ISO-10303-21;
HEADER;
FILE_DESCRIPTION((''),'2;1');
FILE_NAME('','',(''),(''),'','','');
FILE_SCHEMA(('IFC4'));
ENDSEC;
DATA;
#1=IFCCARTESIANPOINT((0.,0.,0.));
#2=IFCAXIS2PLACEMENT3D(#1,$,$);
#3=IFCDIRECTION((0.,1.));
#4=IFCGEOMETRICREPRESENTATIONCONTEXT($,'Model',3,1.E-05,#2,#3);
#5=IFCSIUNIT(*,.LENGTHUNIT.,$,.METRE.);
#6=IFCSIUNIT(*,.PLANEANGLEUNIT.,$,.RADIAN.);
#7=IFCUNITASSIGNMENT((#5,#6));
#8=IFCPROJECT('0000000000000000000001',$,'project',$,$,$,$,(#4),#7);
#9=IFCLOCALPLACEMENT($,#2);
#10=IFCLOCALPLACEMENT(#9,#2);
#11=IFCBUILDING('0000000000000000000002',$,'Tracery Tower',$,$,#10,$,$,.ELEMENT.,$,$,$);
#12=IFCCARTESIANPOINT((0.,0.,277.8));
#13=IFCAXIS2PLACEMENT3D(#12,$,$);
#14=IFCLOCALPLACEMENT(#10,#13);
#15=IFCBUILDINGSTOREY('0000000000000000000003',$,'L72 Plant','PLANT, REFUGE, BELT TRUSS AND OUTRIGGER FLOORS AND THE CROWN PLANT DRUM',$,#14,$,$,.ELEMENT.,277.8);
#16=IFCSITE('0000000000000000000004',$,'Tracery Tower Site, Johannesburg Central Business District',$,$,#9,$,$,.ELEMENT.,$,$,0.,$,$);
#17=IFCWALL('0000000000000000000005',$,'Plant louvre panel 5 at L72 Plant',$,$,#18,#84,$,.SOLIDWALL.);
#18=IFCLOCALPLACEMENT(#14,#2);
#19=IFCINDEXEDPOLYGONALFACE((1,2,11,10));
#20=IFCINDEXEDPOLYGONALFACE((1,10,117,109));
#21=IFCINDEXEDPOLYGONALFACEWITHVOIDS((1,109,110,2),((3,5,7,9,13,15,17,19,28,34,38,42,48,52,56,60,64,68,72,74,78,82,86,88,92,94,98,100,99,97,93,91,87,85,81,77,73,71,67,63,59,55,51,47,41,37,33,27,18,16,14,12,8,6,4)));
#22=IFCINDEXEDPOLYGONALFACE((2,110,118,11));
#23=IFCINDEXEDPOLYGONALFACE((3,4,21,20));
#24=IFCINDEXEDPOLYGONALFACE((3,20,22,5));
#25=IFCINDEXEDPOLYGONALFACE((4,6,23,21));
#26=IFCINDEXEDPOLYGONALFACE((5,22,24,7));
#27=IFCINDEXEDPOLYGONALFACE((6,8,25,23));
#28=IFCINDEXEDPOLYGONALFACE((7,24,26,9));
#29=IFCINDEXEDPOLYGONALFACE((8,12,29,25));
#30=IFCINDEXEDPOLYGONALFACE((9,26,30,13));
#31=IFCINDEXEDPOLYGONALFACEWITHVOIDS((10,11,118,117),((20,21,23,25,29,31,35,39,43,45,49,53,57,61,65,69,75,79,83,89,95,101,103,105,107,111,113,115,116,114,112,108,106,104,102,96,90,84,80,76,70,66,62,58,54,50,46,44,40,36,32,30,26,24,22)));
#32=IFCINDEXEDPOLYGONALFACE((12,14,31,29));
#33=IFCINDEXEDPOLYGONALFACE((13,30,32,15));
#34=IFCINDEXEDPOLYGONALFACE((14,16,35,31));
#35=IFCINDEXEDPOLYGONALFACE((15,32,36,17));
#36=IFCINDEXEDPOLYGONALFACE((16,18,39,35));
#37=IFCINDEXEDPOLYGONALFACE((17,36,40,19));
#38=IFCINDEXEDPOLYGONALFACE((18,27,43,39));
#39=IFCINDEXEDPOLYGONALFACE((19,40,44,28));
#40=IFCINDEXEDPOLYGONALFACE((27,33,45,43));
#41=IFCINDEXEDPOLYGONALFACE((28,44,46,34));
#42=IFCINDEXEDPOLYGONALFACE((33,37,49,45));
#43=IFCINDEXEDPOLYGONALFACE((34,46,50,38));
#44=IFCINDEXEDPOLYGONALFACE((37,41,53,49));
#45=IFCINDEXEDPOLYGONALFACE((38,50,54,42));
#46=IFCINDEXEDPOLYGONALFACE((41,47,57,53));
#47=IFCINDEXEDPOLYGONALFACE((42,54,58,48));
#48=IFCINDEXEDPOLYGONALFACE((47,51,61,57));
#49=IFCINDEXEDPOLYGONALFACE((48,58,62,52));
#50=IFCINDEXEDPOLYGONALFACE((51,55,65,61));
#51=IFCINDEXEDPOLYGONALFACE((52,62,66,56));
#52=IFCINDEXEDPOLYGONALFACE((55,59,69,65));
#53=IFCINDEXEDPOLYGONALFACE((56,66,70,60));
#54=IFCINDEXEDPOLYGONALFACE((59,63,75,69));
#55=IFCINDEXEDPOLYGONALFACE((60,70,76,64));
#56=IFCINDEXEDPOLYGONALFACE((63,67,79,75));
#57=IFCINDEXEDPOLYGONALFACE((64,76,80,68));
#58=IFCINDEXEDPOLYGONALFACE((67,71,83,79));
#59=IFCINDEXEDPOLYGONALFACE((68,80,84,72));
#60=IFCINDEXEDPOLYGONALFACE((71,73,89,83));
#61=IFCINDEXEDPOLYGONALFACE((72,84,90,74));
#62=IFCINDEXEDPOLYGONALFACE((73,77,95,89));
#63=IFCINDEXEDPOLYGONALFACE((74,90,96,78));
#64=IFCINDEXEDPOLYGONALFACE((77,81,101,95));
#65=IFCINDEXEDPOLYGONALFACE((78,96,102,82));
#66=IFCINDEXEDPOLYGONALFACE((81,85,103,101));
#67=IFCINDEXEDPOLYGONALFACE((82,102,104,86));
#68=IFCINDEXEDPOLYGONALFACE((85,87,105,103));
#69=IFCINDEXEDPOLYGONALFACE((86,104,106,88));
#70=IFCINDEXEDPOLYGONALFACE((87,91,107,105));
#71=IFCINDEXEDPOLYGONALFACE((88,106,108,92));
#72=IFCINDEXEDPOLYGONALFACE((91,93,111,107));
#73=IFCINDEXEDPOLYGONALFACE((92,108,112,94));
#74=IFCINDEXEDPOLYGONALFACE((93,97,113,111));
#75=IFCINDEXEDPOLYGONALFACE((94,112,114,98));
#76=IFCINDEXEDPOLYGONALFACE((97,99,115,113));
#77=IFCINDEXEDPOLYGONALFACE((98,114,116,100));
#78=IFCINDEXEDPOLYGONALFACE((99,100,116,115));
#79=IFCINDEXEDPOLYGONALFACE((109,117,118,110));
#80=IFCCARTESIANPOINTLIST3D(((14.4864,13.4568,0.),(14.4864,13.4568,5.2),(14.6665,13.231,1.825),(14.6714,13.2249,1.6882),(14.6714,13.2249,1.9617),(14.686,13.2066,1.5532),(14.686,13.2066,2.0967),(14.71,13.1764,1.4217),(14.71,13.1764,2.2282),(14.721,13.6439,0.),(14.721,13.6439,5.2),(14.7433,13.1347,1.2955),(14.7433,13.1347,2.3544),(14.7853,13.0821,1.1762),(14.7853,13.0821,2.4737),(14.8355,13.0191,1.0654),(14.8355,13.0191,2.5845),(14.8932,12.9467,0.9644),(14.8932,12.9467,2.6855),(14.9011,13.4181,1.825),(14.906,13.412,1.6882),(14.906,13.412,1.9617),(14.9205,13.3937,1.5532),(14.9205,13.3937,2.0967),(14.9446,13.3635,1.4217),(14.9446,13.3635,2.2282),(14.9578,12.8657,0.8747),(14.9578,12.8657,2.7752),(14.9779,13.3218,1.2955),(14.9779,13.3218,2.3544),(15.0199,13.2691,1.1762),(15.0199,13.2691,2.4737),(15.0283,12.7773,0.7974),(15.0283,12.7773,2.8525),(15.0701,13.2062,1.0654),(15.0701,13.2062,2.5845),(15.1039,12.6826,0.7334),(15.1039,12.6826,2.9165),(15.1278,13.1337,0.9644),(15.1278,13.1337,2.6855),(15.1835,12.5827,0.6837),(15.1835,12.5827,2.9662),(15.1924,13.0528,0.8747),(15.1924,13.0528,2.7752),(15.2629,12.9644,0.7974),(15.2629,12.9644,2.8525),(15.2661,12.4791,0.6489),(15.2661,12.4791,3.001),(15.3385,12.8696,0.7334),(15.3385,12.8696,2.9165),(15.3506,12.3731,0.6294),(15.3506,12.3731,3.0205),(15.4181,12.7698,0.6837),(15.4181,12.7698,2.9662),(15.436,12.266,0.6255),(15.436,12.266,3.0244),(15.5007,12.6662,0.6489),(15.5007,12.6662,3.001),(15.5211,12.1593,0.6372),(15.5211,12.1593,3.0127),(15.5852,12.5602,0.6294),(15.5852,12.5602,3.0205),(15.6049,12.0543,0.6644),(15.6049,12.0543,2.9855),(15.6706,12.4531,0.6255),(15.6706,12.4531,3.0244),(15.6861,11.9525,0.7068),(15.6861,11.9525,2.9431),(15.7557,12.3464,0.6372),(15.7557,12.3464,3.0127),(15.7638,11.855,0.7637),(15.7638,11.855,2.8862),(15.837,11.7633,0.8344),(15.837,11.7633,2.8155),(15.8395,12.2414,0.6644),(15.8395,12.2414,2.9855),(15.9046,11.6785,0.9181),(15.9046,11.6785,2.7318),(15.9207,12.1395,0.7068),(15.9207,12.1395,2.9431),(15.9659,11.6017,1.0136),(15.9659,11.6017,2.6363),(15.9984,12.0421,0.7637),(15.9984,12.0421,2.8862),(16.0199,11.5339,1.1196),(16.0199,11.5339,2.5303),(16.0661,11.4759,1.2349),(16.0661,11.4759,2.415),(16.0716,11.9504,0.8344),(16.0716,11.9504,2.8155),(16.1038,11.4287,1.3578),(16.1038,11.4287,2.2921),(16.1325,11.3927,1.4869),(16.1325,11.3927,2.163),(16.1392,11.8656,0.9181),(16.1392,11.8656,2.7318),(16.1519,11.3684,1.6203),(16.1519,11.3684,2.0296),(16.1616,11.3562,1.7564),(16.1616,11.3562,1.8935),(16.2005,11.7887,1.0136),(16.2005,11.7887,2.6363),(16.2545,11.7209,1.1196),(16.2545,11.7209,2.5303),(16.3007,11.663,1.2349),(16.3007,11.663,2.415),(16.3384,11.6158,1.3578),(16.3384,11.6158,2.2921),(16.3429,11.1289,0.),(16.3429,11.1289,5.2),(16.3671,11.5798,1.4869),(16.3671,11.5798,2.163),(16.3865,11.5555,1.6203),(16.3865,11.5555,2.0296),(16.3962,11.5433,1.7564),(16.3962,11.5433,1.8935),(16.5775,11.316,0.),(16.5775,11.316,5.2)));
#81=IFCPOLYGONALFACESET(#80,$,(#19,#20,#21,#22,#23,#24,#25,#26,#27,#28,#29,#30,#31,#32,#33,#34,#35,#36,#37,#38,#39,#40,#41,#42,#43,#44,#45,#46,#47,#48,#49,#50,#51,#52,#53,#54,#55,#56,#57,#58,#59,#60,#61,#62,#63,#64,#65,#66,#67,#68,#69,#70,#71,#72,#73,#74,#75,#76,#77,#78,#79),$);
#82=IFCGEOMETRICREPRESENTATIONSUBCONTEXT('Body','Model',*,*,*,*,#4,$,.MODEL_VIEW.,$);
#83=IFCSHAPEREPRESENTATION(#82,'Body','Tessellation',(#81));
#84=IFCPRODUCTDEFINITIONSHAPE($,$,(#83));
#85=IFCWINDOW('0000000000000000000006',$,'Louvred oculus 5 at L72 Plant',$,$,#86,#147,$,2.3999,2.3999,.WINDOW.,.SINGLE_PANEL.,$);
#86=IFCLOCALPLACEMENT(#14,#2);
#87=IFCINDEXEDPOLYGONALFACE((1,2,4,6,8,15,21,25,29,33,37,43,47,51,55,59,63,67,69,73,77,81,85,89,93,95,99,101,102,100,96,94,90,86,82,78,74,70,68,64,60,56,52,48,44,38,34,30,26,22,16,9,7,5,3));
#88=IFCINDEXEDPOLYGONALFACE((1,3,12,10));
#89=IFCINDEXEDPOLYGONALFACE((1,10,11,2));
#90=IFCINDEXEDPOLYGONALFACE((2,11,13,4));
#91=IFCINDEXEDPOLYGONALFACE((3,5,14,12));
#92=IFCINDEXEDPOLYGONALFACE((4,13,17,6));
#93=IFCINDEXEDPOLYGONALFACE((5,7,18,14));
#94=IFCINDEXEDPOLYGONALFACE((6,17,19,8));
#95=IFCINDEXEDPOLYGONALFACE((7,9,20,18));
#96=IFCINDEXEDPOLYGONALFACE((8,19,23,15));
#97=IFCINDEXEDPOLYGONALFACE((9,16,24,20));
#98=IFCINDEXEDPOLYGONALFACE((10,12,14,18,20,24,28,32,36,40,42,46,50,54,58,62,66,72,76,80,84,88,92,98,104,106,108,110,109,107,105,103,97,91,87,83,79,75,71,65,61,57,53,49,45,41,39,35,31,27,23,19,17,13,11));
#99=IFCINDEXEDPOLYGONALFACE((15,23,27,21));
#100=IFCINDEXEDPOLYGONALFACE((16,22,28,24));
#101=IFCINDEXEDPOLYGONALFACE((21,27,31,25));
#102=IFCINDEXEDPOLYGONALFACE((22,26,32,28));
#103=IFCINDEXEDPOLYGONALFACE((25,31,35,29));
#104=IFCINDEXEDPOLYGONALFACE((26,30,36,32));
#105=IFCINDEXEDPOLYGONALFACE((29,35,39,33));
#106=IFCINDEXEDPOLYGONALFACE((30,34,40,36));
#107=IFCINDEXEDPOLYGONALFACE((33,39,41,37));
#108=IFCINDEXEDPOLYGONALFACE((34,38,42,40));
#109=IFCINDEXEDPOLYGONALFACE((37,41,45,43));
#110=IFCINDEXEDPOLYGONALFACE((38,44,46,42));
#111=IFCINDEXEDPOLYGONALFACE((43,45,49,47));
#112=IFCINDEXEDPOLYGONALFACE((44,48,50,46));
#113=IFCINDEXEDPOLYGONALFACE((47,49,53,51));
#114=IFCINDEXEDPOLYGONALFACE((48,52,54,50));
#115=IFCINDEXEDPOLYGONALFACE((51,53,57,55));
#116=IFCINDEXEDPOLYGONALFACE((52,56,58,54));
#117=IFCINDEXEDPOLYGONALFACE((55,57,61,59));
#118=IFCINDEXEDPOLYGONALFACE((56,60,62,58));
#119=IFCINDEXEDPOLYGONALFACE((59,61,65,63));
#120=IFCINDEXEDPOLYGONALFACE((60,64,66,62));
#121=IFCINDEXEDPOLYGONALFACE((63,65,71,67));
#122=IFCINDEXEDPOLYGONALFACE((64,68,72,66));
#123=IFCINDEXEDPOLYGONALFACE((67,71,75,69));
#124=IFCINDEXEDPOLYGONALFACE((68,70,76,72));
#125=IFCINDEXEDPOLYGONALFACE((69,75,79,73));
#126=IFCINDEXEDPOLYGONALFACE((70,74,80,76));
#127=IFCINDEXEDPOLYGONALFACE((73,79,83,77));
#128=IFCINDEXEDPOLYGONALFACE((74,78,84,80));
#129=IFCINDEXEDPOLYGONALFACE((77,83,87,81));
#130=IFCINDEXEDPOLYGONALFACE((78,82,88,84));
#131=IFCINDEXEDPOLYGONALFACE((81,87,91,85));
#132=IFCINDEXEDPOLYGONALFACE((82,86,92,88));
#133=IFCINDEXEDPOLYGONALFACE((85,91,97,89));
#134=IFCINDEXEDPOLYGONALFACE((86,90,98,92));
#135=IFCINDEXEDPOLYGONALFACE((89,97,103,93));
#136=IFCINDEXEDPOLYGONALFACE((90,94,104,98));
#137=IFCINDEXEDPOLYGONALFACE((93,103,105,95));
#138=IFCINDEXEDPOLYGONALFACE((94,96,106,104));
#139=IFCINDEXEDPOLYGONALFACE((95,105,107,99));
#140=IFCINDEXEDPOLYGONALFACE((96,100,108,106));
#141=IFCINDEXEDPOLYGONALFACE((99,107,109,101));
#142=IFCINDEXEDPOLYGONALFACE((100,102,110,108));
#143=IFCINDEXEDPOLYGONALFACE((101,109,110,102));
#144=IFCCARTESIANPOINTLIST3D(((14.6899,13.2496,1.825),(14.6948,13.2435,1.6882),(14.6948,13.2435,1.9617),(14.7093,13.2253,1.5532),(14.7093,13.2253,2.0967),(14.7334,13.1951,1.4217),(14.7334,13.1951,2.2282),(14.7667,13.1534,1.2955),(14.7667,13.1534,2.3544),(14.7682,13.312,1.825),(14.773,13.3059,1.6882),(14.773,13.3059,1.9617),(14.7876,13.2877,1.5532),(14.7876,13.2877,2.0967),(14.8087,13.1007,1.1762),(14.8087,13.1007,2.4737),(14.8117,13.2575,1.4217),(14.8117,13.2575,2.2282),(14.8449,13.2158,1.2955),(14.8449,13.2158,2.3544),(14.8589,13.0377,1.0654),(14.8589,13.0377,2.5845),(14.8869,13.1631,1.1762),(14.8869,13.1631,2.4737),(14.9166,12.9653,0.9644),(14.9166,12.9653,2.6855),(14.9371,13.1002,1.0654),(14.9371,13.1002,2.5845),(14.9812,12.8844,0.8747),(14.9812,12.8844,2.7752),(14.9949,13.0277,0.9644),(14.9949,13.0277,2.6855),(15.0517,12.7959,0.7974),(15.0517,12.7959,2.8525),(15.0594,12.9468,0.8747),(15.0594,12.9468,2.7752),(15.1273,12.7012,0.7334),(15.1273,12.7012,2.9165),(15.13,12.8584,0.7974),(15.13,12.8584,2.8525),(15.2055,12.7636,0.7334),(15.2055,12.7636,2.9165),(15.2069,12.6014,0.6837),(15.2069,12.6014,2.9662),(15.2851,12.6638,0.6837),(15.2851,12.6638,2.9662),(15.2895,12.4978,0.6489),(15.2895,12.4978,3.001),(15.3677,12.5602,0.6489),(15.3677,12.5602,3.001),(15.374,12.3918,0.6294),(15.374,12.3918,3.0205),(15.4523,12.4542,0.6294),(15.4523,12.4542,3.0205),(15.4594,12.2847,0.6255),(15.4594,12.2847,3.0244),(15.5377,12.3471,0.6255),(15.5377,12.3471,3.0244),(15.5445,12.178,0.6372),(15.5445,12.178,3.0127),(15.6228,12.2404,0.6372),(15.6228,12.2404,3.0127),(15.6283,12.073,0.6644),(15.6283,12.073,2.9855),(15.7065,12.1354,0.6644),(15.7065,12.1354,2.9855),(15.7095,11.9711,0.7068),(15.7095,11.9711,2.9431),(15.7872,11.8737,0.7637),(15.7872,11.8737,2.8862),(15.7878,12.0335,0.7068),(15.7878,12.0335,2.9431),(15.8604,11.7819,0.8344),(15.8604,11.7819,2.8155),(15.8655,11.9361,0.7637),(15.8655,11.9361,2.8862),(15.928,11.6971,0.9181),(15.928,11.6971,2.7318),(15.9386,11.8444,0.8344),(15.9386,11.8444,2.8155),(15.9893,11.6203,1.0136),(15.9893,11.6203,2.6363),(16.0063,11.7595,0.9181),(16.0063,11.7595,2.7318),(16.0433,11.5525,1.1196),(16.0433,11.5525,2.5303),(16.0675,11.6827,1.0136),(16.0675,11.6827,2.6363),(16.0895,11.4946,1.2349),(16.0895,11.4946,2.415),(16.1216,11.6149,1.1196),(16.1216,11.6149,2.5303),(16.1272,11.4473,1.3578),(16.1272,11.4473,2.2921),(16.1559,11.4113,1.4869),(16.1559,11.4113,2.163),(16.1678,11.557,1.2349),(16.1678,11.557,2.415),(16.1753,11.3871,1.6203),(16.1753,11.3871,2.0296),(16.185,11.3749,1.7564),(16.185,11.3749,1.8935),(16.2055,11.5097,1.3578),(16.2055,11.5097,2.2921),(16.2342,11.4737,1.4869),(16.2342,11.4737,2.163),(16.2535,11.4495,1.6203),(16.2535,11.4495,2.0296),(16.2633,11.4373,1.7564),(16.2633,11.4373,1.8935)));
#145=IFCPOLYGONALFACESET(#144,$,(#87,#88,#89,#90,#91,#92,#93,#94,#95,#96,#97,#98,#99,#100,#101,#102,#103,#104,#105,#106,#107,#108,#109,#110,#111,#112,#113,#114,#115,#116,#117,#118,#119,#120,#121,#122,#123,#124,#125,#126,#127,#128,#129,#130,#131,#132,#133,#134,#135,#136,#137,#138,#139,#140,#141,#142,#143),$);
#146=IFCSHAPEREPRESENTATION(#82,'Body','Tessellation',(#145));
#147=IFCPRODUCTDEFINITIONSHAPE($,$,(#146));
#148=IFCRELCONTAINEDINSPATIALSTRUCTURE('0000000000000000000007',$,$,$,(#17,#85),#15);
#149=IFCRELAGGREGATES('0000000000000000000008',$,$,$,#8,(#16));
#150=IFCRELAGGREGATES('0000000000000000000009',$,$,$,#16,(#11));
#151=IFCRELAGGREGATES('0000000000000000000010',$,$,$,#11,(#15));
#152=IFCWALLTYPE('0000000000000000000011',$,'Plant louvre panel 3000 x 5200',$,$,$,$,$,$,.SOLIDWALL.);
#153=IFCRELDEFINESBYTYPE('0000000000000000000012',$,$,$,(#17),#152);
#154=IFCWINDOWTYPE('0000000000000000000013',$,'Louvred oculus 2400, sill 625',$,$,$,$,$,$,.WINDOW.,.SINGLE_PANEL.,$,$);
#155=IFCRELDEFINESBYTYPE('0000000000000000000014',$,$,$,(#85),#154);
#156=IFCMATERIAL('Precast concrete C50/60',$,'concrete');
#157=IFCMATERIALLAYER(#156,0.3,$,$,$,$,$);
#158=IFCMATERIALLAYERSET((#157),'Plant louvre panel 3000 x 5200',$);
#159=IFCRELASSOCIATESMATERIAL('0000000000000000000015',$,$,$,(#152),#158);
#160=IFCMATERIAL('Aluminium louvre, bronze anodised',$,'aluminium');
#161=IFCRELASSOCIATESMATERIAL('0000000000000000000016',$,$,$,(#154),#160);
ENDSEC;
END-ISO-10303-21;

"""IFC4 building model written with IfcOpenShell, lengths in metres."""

from ifc_helpers import new_model, si_unit, direction, frame, frame_2d, origin, origin_2d, place, context, subcontext, project, spatial, rectangle, circle, extrude, material, layer, layer_set, type_object, element, fill, save


model = new_model("IFC4")

# Units and contexts
model_context = context("Model", 3, precision=1e-05, world=origin(), true_north=direction((0.0, 1.0)))
body_context = subcontext(model_context, "Body", "Model", "MODEL_VIEW")
ifc_project = project(units=[si_unit("LENGTHUNIT", "METRE"), si_unit("PLANEANGLEUNIT", "RADIAN")], contexts=[model_context])

# Site, building, storey
site_placement = place(None, origin())
site = spatial("IfcSite", under=ifc_project, at=site_placement, Name="Tracery Tower Site, Johannesburg Central Business District", CompositionType="ELEMENT", RefElevation=0.0)
building_placement = place(site_placement, origin())
building = spatial("IfcBuilding", under=site, at=building_placement, Name="Tracery Tower", CompositionType="ELEMENT")
storey_placement = place(building_placement, frame((0.0, 0.0, 277.8)))
storey = spatial("IfcBuildingStorey", under=building, at=storey_placement, Name="L72 Plant", Description="PLANT, REFUGE, BELT TRUSS AND OUTRIGGER FLOORS AND THE CROWN PLANT DRUM", CompositionType="ELEMENT", Elevation=277.8)

# Wall, opening, window
ifc_material_1 = material(Name="Precast concrete C50/60", Category="concrete")
ifc_layer_1 = layer(ifc_material_1, 0.3)
ifc_layer_set_1 = layer_set([ifc_layer_1], Name="Plant louvre panel 3000 x 5200")
wall_type_1 = type_object("IfcWallType", Name="Plant louvre panel 3000 x 5200", PredefinedType="SOLIDWALL", material=ifc_layer_set_1)
wall_1_placement = place(storey_placement, frame((16.4602, 11.2224, 0.0), z_axis=(0.0, 0.0, 1.0), x_axis=(-0.623494, 0.781828, 0.0)))
wall_1 = element("IfcWall", 1, at=wall_1_placement, inside=storey, type_object=wall_type_1, Name="Plant louvre panel 5 at L72 Plant", PredefinedType="SOLIDWALL", context=body_context, shape_type="SweptSolid", body=[
    extrude(rectangle(XDim=2.9775, YDim=0.3, at=frame_2d((1.4888, 0.0))), origin(), (0.0, 0.0, 1.0), 5.2),
])
opening_1_placement = place(wall_1_placement, frame((1.4888, 0.0, 1.825)))
opening_1 = element("IfcOpeningElement", 2, at=opening_1_placement, cuts=wall_1, PredefinedType="OPENING", context=body_context, shape_type="SweptSolid", body=[
    extrude(circle(Radius=1.2, at=origin_2d()), frame((0.0, 0.1599, 0.0), z_axis=(0.0, -1.0, 0.0), x_axis=(1.0, 0.0, 0.0)), (0.0, 0.0, 1.0), 0.3201),
])
ifc_material_2 = material(Name="Aluminium louvre, bronze anodised", Category="aluminium")
window_type = type_object("IfcWindowType", Name="Louvred oculus 2400, sill 625", PartitioningType="SINGLE_PANEL", PredefinedType="WINDOW", material=ifc_material_2)
window_1_placement = place(opening_1_placement, origin())
window_1 = element("IfcWindow", 3, at=window_1_placement, inside=storey, type_object=window_type, Name="Louvred oculus 5 at L72 Plant", OverallHeight=2.3999, OverallWidth=2.3999, PartitioningType="SINGLE_PANEL", PredefinedType="WINDOW", context=body_context, shape_type="SweptSolid", body=[
    extrude(circle(Radius=1.2, at=origin_2d()), frame((0.0, 0.1201, 0.0), z_axis=(0.0, -1.0, 0.0), x_axis=(1.0, 0.0, 0.0)), (0.0, 0.0, 1.0), 0.1001),
])
fill(opening_1, window_1)

save(model, "model.ifc")
